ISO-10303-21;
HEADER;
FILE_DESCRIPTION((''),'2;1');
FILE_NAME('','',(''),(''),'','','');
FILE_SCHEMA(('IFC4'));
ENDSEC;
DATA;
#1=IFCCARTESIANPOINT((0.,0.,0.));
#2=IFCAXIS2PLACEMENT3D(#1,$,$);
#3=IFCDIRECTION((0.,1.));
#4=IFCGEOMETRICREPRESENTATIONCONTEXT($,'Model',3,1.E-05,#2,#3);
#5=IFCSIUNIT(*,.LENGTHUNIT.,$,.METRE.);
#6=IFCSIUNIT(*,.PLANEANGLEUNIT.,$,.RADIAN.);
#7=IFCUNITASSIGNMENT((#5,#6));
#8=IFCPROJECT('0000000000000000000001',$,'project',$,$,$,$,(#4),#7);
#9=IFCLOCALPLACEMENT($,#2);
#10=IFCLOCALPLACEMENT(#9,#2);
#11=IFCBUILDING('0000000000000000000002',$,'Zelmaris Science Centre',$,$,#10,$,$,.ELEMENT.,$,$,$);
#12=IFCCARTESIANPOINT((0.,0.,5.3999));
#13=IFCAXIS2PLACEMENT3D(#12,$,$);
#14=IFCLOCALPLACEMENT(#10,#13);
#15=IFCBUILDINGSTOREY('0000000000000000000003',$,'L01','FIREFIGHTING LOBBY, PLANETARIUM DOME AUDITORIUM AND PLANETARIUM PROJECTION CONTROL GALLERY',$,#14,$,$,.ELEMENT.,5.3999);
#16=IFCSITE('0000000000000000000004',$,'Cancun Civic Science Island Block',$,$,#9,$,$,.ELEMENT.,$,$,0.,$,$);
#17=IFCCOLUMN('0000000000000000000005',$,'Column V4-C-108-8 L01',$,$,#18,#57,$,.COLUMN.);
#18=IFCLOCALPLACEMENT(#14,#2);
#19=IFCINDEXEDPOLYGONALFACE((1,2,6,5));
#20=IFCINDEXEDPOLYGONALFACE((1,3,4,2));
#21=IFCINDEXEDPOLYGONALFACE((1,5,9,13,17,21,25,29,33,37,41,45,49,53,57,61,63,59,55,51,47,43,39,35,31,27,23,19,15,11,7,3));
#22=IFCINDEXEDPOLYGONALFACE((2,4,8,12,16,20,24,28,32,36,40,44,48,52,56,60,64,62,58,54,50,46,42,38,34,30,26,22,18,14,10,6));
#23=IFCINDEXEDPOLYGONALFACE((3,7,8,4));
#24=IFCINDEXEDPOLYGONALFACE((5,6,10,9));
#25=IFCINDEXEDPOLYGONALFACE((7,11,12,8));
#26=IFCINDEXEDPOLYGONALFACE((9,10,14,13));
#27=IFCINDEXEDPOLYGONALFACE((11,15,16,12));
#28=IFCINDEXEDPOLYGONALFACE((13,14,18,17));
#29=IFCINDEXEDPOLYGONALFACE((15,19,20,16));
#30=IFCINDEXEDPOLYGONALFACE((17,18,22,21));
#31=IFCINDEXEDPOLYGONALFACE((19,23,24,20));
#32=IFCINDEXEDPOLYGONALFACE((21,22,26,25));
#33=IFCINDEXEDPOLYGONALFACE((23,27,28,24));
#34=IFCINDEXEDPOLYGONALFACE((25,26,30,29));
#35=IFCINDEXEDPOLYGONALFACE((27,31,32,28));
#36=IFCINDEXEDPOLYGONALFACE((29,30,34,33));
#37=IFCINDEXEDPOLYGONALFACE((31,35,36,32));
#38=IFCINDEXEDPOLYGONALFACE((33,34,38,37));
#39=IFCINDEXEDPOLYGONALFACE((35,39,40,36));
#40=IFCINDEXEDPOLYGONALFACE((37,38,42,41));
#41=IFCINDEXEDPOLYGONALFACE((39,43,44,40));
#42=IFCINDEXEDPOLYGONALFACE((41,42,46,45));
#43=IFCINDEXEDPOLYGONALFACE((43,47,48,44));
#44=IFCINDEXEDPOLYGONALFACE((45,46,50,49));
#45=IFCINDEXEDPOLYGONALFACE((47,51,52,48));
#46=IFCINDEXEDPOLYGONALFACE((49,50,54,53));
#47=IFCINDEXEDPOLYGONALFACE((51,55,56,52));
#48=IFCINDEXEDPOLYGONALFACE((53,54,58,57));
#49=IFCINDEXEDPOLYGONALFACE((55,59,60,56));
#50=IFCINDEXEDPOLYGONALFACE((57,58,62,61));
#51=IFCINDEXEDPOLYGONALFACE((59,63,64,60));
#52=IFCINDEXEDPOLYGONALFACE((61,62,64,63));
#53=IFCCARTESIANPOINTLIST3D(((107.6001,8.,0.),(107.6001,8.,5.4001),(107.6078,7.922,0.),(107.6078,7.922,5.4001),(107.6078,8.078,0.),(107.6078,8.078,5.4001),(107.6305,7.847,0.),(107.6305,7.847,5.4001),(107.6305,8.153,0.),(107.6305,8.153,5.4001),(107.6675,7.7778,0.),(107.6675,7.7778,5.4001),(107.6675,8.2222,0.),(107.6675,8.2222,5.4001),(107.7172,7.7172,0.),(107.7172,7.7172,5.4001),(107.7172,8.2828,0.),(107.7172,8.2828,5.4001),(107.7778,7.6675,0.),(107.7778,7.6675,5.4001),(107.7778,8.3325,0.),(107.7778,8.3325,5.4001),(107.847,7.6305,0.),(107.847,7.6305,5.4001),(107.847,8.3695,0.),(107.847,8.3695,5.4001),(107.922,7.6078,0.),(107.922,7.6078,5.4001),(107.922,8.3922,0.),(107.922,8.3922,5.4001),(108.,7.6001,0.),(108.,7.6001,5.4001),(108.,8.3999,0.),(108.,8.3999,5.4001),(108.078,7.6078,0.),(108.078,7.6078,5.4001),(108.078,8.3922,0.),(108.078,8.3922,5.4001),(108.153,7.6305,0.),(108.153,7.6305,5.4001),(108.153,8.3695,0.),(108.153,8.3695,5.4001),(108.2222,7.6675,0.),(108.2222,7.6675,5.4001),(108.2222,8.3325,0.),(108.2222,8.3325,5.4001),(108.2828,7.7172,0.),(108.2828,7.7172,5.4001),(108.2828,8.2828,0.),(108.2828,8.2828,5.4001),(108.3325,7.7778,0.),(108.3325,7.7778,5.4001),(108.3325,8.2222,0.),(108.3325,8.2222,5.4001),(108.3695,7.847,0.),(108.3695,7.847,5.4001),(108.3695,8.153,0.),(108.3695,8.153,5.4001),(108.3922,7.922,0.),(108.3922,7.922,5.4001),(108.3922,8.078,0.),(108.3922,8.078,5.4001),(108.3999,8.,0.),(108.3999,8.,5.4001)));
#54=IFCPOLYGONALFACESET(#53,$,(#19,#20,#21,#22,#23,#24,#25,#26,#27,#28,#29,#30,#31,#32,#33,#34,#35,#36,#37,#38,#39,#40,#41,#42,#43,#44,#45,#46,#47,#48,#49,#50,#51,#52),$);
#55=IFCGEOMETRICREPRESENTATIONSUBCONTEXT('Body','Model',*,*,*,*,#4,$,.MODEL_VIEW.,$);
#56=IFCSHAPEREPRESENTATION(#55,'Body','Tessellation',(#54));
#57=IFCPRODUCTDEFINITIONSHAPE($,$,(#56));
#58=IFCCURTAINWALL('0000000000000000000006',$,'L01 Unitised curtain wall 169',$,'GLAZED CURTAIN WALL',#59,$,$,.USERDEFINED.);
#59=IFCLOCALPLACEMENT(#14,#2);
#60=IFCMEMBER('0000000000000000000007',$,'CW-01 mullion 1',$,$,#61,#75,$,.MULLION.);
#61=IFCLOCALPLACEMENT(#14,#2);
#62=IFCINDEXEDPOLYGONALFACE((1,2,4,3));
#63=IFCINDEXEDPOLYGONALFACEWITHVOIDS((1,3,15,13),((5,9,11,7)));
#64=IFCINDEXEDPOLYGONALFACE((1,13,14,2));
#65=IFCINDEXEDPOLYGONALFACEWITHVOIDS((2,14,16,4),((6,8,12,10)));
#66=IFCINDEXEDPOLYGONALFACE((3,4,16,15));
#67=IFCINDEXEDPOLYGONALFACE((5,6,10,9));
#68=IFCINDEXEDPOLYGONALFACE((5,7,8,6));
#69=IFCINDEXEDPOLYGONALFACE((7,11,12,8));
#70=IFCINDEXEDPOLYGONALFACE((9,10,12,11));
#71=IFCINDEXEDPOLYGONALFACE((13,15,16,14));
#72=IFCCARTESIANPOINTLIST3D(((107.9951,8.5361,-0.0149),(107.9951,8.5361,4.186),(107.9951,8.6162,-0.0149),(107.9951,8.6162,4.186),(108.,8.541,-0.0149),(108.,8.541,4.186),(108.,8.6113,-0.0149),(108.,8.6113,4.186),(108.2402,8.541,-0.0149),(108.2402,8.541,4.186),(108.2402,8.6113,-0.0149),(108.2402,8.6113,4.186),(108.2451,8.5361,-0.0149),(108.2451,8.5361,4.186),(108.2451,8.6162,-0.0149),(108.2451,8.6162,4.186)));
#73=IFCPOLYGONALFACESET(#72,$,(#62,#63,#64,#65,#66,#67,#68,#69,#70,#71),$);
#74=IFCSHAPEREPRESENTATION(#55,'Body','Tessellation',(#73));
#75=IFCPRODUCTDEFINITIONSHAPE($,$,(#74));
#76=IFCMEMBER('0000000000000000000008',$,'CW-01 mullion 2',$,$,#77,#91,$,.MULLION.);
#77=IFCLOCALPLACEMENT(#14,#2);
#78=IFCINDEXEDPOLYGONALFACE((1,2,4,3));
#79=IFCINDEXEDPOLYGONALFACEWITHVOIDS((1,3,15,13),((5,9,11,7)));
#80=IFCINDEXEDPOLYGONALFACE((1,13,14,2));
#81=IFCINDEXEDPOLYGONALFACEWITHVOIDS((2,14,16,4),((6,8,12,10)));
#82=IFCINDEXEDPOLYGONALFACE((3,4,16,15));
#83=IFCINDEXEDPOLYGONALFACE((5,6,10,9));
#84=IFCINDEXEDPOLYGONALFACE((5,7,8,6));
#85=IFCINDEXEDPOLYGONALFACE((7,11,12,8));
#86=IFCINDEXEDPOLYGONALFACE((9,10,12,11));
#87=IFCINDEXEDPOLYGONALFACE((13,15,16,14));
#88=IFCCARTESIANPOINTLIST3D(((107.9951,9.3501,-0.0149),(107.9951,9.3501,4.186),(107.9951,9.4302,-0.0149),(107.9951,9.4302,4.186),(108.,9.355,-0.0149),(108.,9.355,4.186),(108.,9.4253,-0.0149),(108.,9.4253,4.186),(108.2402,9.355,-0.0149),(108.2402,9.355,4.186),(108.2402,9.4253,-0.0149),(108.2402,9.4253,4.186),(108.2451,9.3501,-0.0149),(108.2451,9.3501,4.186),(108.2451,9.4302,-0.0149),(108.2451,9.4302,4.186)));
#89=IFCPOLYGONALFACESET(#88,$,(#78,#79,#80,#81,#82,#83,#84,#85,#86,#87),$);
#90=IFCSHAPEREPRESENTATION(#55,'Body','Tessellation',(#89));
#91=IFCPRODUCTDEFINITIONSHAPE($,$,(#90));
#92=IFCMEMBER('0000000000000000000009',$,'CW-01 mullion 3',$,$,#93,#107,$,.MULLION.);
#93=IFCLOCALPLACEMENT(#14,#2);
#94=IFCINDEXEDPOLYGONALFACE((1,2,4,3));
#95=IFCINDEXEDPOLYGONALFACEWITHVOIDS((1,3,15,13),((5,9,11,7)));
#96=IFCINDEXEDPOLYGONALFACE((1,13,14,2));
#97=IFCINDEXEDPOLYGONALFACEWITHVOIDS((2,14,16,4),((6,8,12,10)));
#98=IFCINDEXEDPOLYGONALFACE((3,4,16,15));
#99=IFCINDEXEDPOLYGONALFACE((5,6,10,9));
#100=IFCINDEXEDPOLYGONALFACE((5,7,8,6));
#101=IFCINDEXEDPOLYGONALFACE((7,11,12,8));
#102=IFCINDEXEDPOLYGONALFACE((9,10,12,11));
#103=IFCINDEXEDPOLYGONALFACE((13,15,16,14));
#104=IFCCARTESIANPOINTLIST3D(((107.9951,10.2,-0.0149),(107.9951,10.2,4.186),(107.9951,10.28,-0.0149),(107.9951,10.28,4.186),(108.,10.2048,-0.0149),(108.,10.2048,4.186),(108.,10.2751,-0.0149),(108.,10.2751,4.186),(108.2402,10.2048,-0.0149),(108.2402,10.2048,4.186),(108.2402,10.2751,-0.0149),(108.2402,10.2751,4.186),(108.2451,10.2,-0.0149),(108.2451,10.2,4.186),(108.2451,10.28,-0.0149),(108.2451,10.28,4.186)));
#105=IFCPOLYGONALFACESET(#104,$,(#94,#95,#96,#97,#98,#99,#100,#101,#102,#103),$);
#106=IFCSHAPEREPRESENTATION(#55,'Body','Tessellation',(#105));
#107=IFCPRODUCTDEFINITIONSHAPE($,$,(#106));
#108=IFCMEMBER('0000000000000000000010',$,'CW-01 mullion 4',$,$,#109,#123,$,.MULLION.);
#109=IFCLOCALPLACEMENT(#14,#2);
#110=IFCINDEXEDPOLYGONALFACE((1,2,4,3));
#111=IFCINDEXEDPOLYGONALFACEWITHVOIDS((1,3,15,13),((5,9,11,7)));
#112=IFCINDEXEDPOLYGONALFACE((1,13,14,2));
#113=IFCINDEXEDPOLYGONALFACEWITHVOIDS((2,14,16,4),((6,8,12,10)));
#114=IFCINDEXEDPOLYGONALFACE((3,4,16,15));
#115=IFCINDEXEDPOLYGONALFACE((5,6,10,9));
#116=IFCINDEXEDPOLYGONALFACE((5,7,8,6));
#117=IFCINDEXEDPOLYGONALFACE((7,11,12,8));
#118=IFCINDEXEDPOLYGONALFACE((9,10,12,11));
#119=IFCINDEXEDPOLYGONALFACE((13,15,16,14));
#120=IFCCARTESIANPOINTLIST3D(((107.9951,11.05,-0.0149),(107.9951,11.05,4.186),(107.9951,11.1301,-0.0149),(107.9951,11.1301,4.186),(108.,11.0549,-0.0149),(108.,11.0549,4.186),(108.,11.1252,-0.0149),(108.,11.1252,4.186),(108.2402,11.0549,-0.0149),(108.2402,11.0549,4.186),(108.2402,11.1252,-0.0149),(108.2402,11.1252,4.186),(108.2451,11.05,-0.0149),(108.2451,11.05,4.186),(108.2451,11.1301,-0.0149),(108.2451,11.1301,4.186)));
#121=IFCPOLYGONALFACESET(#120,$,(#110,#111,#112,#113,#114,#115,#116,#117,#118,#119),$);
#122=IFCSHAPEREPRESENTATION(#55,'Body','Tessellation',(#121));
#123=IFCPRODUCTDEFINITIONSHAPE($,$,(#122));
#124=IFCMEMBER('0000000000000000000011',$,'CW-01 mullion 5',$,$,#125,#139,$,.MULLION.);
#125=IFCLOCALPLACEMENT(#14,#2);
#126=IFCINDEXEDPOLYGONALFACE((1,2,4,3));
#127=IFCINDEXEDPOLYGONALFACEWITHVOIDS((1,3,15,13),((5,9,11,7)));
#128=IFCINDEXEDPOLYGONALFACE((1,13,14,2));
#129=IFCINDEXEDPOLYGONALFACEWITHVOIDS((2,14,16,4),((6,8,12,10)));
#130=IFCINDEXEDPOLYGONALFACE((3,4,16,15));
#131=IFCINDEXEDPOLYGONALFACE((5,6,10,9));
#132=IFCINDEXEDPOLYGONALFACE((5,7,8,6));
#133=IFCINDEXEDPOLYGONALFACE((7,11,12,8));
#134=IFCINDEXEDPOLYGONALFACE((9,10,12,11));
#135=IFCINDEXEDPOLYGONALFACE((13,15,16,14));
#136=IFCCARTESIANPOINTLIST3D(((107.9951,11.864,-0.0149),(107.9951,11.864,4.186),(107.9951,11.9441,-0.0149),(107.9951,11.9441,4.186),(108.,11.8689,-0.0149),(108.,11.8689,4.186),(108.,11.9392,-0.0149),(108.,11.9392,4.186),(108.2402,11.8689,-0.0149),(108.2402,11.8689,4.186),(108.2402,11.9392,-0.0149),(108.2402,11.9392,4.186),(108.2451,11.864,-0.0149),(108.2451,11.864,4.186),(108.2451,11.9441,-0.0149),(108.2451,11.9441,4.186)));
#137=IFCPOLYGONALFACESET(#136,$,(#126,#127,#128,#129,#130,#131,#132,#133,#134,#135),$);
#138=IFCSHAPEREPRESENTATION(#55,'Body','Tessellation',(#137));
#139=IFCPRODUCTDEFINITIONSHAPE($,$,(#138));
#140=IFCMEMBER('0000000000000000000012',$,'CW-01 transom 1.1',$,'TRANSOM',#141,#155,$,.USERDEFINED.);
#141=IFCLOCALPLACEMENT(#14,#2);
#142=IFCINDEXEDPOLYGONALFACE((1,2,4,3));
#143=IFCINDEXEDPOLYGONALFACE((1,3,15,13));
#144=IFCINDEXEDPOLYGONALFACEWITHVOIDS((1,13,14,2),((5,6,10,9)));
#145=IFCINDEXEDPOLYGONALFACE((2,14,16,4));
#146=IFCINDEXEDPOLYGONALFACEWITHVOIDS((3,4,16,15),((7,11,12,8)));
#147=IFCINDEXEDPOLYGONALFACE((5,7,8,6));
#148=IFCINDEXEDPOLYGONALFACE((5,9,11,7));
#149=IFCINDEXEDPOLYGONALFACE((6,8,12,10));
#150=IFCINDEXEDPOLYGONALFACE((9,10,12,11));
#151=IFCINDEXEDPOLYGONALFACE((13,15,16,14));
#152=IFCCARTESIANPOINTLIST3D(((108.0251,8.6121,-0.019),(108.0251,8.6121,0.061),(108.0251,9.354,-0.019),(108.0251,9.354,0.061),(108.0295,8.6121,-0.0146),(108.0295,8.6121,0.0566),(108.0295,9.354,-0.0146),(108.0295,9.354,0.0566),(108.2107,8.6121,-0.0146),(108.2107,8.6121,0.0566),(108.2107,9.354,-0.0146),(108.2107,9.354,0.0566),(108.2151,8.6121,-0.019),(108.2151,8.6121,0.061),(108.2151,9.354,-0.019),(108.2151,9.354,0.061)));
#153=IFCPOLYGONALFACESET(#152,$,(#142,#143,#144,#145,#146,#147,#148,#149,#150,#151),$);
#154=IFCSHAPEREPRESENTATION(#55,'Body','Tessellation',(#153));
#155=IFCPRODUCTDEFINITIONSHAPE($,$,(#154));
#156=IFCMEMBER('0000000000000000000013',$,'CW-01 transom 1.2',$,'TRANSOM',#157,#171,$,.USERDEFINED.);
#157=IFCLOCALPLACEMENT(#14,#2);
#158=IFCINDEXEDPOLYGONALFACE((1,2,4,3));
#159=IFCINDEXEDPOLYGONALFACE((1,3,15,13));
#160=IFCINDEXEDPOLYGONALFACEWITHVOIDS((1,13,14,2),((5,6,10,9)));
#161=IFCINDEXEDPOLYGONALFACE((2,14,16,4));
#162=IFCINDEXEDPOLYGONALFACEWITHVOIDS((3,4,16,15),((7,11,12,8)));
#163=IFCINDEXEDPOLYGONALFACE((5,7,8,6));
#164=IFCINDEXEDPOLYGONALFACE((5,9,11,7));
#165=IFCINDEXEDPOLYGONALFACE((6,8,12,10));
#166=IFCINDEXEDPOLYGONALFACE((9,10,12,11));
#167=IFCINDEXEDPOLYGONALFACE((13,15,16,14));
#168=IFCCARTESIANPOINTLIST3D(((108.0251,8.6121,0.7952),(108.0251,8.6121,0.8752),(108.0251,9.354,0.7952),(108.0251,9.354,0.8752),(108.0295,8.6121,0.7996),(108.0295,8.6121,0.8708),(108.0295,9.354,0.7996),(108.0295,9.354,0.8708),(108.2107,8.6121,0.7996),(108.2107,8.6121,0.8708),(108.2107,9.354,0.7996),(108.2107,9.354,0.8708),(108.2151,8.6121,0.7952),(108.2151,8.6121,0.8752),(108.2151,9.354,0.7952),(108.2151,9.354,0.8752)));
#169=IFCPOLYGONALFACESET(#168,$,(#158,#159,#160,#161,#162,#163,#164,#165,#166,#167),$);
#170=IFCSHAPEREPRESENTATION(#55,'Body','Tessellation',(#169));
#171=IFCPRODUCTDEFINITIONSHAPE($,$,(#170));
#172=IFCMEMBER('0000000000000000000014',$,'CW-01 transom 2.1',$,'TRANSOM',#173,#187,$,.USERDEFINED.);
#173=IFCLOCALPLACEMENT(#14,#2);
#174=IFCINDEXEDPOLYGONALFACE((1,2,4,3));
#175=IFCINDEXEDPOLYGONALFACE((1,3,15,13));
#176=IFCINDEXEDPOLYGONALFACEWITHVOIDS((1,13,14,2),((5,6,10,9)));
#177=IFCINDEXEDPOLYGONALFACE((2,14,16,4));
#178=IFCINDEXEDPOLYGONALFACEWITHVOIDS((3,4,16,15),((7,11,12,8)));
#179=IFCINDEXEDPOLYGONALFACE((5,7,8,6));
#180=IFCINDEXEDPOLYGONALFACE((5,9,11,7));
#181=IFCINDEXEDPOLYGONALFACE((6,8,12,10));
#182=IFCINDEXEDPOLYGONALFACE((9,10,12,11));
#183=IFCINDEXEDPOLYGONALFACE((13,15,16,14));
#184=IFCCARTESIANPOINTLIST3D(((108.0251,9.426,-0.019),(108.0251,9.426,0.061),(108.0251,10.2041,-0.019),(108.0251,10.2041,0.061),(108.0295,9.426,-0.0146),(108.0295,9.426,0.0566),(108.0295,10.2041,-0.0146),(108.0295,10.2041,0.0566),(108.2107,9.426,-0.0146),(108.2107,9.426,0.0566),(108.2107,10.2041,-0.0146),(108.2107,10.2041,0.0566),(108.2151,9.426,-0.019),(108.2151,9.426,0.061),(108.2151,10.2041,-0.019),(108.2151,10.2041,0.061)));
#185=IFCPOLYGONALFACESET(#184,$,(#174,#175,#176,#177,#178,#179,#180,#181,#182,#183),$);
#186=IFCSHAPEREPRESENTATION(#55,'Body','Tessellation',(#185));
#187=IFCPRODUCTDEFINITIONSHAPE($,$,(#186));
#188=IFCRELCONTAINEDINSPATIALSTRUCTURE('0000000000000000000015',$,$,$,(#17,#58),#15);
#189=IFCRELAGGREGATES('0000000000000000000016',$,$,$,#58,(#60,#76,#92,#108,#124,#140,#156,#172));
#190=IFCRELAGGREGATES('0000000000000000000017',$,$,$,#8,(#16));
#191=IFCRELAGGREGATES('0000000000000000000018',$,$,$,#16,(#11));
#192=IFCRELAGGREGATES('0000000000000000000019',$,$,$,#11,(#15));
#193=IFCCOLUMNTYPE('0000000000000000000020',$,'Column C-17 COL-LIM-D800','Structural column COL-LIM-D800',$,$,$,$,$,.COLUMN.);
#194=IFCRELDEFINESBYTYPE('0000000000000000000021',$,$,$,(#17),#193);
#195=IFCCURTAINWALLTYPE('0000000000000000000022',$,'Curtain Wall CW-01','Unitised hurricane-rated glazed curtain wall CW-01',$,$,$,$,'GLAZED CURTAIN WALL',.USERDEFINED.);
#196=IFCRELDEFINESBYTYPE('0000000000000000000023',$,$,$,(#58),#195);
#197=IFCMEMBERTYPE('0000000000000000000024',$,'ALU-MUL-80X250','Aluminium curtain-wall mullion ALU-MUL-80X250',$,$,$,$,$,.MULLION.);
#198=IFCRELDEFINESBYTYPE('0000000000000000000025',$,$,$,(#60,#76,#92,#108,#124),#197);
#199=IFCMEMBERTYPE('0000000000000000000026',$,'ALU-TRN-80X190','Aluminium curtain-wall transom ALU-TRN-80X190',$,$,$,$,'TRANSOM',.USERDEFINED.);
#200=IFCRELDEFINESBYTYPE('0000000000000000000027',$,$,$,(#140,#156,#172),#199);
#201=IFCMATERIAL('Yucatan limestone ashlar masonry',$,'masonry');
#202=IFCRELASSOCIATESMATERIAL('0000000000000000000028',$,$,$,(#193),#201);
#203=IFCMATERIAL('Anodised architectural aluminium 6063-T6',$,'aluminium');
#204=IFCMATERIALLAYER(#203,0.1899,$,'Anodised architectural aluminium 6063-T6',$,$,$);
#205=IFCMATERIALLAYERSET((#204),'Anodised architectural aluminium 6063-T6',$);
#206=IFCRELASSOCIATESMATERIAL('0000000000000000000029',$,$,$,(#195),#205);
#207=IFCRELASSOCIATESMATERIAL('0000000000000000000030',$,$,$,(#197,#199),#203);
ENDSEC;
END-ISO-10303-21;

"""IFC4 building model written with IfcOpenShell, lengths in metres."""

from ifc_helpers import new_model, si_unit, direction, frame, origin, origin_2d, place, context, subcontext, project, spatial, hollow_rectangle, circle, extrude, material, layer, layer_set, material_profile, profile_set, type_object, element, aggregate, save


model = new_model("IFC4")

# Units and contexts
model_context = context("Model", 3, precision=1e-05, world=origin(), true_north=direction((0.0, 1.0)))
body_context = subcontext(model_context, "Body", "Model", "MODEL_VIEW")
ifc_project = project(units=[si_unit("LENGTHUNIT", "METRE"), si_unit("PLANEANGLEUNIT", "RADIAN")], contexts=[model_context])

# Site, building, storey
site_placement = place(None, origin())
site = spatial("IfcSite", under=ifc_project, at=site_placement, Name="Cancun Civic Science Island Block", CompositionType="ELEMENT", RefElevation=0.0)
building_placement = place(site_placement, origin())
building = spatial("IfcBuilding", under=site, at=building_placement, Name="Zelmaris Science Centre", CompositionType="ELEMENT")
storey_placement = place(building_placement, frame((0.0, 0.0, 5.3999)))
storey = spatial("IfcBuildingStorey", under=building, at=storey_placement, Name="L01", Description="FIREFIGHTING LOBBY, PLANETARIUM DOME AUDITORIUM AND PLANETARIUM PROJECTION CONTROL GALLERY", CompositionType="ELEMENT", Elevation=5.3999)

# Column
ifc_material_1 = material(Name="Yucatan limestone ashlar masonry", Category="masonry")
ifc_material_profile_1 = material_profile(ifc_material_1, circle(Radius=0.3999, at=origin_2d()), Name="COL-LIM-D800")
ifc_profile_set_1 = profile_set([ifc_material_profile_1], Name="Yucatan limestone ashlar masonry")
column_type = type_object("IfcColumnType", Name="Column C-17 COL-LIM-D800", Description="Structural column COL-LIM-D800", PredefinedType="COLUMN", material=ifc_profile_set_1)
column_placement = place(storey_placement, frame((108.0, 8.0, 0.0), z_axis=(0.0, 0.0, 1.0), x_axis=(1.0, 0.0, 0.0)))
element("IfcColumn", 1, at=column_placement, inside=storey, type_object=column_type, Name="Column V4-C-108-8 L01", PredefinedType="COLUMN", context=body_context, shape_type="SweptSolid", body=[
    extrude(circle(Radius=0.3999, at=origin_2d()), origin(), (0.0, 0.0, 1.0), 5.4001),
])

# Curtain wall, members
ifc_material_2 = material(Name="Anodised architectural aluminium 6063-T6", Category="aluminium")
ifc_layer_1 = layer(ifc_material_2, 0.1899, Name="Anodised architectural aluminium 6063-T6")
ifc_layer_set_1 = layer_set([ifc_layer_1], Name="Anodised architectural aluminium 6063-T6")
curtain_wall_type = type_object("IfcCurtainWallType", Name="Curtain Wall CW-01", Description="Unitised hurricane-rated glazed curtain wall CW-01", ElementType="GLAZED CURTAIN WALL", PredefinedType="USERDEFINED", material=ifc_layer_set_1)
curtain_wall_placement = place(storey_placement, origin())
curtain_wall = element("IfcCurtainWall", 2, at=curtain_wall_placement, inside=storey, type_object=curtain_wall_type, Name="L01 Unitised curtain wall 169", ObjectType="GLAZED CURTAIN WALL", PredefinedType="USERDEFINED")
ifc_material_profile_2 = material_profile(ifc_material_2, hollow_rectangle(XDim=0.0801, YDim=0.25, WallThickness=0.0049, at=origin_2d()), Name="ALU-MUL-80X250")
ifc_profile_set_2 = profile_set([ifc_material_profile_2], Name="Anodised architectural aluminium 6063-T6")
member_type_1 = type_object("IfcMemberType", Name="ALU-MUL-80X250", Description="Aluminium curtain-wall mullion ALU-MUL-80X250", PredefinedType="MULLION", material=ifc_profile_set_2)
member_1_placement = place(storey_placement, frame((108.1201, 8.5762, -0.0149), z_axis=(0.0, 0.0, 1.0), x_axis=(-0.000005, 1.0, 0.0)))
member_1 = element("IfcMember", 3, at=member_1_placement, type_object=member_type_1, Name="CW-01 mullion 1", PredefinedType="MULLION", context=body_context, shape_type="SweptSolid", body=[
    extrude(hollow_rectangle(XDim=0.0801, YDim=0.25, WallThickness=0.0049, at=origin_2d()), origin(), (0.0, 0.0, 1.0), 4.2009),
])
member_2_placement = place(storey_placement, frame((108.1201, 9.3901, -0.0149), z_axis=(0.0, 0.0, 1.0), x_axis=(-0.000005, 1.0, 0.0)))
member_2 = element("IfcMember", 4, at=member_2_placement, type_object=member_type_1, Name="CW-01 mullion 2", PredefinedType="MULLION", context=body_context, shape_type="SweptSolid", body=[
    extrude(hollow_rectangle(XDim=0.0801, YDim=0.25, WallThickness=0.0049, at=origin_2d()), origin(), (0.0, 0.0, 1.0), 4.2009),
])
member_3_placement = place(storey_placement, frame((108.1201, 10.24, -0.0149), z_axis=(0.0, 0.0, 1.0), x_axis=(-0.000005, 1.0, 0.0)))
member_3 = element("IfcMember", 5, at=member_3_placement, type_object=member_type_1, Name="CW-01 mullion 3", PredefinedType="MULLION", context=body_context, shape_type="SweptSolid", body=[
    extrude(hollow_rectangle(XDim=0.0801, YDim=0.25, WallThickness=0.0049, at=origin_2d()), origin(), (0.0, 0.0, 1.0), 4.2009),
])
member_4_placement = place(storey_placement, frame((108.1201, 11.0901, -0.0149), z_axis=(0.0, 0.0, 1.0), x_axis=(-0.000005, 1.0, 0.0)))
member_4 = element("IfcMember", 6, at=member_4_placement, type_object=member_type_1, Name="CW-01 mullion 4", PredefinedType="MULLION", context=body_context, shape_type="SweptSolid", body=[
    extrude(hollow_rectangle(XDim=0.0801, YDim=0.25, WallThickness=0.0049, at=origin_2d()), origin(), (0.0, 0.0, 1.0), 4.2009),
])
member_5_placement = place(storey_placement, frame((108.1201, 11.9041, -0.0149), z_axis=(0.0, 0.0, 1.0), x_axis=(-0.000005, 1.0, 0.0)))
member_5 = element("IfcMember", 7, at=member_5_placement, type_object=member_type_1, Name="CW-01 mullion 5", PredefinedType="MULLION", context=body_context, shape_type="SweptSolid", body=[
    extrude(hollow_rectangle(XDim=0.0801, YDim=0.25, WallThickness=0.0049, at=origin_2d()), origin(), (0.0, 0.0, 1.0), 4.2009),
])
ifc_material_profile_3 = material_profile(ifc_material_2, hollow_rectangle(XDim=0.0801, YDim=0.1899, WallThickness=0.0044, at=origin_2d()), Name="ALU-TRN-80X190")
ifc_profile_set_3 = profile_set([ifc_material_profile_3], Name="Anodised architectural aluminium 6063-T6")
member_type_2 = type_object("IfcMemberType", Name="ALU-TRN-80X190", Description="Aluminium curtain-wall transom ALU-TRN-80X190", ElementType="TRANSOM", PredefinedType="USERDEFINED", material=ifc_profile_set_3)
member_6_placement = place(storey_placement, frame((108.1201, 8.6121, 0.021), z_axis=(0.0, 1.0, 0.0), x_axis=(0.0, 0.0, 1.0)))
member_6 = element("IfcMember", 8, at=member_6_placement, type_object=member_type_2, Name="CW-01 transom 1.1", ObjectType="TRANSOM", PredefinedType="USERDEFINED", context=body_context, shape_type="SweptSolid", body=[
    extrude(hollow_rectangle(XDim=0.0801, YDim=0.1899, WallThickness=0.0044, at=origin_2d()), origin(), (0.0, 0.0, 1.0), 0.7419),
])
member_7_placement = place(storey_placement, frame((108.1201, 8.6121, 0.8352), z_axis=(0.0, 1.0, 0.0), x_axis=(0.0, 0.0, 1.0)))
member_7 = element("IfcMember", 9, at=member_7_placement, type_object=member_type_2, Name="CW-01 transom 1.2", ObjectType="TRANSOM", PredefinedType="USERDEFINED", context=body_context, shape_type="SweptSolid", body=[
    extrude(hollow_rectangle(XDim=0.0801, YDim=0.1899, WallThickness=0.0044, at=origin_2d()), origin(), (0.0, 0.0, 1.0), 0.7419),
])
member_8_placement = place(storey_placement, frame((108.1201, 9.426, 0.021), z_axis=(0.0, 1.0, 0.0), x_axis=(0.0, 0.0, 1.0)))
member_8 = element("IfcMember", 10, at=member_8_placement, type_object=member_type_2, Name="CW-01 transom 2.1", ObjectType="TRANSOM", PredefinedType="USERDEFINED", context=body_context, shape_type="SweptSolid", body=[
    extrude(hollow_rectangle(XDim=0.0801, YDim=0.1899, WallThickness=0.0044, at=origin_2d()), origin(), (0.0, 0.0, 1.0), 0.7781),
])

aggregate(curtain_wall, [member_1, member_2, member_3, member_4, member_5, member_6, member_7, member_8])

save(model, "model.ifc")
